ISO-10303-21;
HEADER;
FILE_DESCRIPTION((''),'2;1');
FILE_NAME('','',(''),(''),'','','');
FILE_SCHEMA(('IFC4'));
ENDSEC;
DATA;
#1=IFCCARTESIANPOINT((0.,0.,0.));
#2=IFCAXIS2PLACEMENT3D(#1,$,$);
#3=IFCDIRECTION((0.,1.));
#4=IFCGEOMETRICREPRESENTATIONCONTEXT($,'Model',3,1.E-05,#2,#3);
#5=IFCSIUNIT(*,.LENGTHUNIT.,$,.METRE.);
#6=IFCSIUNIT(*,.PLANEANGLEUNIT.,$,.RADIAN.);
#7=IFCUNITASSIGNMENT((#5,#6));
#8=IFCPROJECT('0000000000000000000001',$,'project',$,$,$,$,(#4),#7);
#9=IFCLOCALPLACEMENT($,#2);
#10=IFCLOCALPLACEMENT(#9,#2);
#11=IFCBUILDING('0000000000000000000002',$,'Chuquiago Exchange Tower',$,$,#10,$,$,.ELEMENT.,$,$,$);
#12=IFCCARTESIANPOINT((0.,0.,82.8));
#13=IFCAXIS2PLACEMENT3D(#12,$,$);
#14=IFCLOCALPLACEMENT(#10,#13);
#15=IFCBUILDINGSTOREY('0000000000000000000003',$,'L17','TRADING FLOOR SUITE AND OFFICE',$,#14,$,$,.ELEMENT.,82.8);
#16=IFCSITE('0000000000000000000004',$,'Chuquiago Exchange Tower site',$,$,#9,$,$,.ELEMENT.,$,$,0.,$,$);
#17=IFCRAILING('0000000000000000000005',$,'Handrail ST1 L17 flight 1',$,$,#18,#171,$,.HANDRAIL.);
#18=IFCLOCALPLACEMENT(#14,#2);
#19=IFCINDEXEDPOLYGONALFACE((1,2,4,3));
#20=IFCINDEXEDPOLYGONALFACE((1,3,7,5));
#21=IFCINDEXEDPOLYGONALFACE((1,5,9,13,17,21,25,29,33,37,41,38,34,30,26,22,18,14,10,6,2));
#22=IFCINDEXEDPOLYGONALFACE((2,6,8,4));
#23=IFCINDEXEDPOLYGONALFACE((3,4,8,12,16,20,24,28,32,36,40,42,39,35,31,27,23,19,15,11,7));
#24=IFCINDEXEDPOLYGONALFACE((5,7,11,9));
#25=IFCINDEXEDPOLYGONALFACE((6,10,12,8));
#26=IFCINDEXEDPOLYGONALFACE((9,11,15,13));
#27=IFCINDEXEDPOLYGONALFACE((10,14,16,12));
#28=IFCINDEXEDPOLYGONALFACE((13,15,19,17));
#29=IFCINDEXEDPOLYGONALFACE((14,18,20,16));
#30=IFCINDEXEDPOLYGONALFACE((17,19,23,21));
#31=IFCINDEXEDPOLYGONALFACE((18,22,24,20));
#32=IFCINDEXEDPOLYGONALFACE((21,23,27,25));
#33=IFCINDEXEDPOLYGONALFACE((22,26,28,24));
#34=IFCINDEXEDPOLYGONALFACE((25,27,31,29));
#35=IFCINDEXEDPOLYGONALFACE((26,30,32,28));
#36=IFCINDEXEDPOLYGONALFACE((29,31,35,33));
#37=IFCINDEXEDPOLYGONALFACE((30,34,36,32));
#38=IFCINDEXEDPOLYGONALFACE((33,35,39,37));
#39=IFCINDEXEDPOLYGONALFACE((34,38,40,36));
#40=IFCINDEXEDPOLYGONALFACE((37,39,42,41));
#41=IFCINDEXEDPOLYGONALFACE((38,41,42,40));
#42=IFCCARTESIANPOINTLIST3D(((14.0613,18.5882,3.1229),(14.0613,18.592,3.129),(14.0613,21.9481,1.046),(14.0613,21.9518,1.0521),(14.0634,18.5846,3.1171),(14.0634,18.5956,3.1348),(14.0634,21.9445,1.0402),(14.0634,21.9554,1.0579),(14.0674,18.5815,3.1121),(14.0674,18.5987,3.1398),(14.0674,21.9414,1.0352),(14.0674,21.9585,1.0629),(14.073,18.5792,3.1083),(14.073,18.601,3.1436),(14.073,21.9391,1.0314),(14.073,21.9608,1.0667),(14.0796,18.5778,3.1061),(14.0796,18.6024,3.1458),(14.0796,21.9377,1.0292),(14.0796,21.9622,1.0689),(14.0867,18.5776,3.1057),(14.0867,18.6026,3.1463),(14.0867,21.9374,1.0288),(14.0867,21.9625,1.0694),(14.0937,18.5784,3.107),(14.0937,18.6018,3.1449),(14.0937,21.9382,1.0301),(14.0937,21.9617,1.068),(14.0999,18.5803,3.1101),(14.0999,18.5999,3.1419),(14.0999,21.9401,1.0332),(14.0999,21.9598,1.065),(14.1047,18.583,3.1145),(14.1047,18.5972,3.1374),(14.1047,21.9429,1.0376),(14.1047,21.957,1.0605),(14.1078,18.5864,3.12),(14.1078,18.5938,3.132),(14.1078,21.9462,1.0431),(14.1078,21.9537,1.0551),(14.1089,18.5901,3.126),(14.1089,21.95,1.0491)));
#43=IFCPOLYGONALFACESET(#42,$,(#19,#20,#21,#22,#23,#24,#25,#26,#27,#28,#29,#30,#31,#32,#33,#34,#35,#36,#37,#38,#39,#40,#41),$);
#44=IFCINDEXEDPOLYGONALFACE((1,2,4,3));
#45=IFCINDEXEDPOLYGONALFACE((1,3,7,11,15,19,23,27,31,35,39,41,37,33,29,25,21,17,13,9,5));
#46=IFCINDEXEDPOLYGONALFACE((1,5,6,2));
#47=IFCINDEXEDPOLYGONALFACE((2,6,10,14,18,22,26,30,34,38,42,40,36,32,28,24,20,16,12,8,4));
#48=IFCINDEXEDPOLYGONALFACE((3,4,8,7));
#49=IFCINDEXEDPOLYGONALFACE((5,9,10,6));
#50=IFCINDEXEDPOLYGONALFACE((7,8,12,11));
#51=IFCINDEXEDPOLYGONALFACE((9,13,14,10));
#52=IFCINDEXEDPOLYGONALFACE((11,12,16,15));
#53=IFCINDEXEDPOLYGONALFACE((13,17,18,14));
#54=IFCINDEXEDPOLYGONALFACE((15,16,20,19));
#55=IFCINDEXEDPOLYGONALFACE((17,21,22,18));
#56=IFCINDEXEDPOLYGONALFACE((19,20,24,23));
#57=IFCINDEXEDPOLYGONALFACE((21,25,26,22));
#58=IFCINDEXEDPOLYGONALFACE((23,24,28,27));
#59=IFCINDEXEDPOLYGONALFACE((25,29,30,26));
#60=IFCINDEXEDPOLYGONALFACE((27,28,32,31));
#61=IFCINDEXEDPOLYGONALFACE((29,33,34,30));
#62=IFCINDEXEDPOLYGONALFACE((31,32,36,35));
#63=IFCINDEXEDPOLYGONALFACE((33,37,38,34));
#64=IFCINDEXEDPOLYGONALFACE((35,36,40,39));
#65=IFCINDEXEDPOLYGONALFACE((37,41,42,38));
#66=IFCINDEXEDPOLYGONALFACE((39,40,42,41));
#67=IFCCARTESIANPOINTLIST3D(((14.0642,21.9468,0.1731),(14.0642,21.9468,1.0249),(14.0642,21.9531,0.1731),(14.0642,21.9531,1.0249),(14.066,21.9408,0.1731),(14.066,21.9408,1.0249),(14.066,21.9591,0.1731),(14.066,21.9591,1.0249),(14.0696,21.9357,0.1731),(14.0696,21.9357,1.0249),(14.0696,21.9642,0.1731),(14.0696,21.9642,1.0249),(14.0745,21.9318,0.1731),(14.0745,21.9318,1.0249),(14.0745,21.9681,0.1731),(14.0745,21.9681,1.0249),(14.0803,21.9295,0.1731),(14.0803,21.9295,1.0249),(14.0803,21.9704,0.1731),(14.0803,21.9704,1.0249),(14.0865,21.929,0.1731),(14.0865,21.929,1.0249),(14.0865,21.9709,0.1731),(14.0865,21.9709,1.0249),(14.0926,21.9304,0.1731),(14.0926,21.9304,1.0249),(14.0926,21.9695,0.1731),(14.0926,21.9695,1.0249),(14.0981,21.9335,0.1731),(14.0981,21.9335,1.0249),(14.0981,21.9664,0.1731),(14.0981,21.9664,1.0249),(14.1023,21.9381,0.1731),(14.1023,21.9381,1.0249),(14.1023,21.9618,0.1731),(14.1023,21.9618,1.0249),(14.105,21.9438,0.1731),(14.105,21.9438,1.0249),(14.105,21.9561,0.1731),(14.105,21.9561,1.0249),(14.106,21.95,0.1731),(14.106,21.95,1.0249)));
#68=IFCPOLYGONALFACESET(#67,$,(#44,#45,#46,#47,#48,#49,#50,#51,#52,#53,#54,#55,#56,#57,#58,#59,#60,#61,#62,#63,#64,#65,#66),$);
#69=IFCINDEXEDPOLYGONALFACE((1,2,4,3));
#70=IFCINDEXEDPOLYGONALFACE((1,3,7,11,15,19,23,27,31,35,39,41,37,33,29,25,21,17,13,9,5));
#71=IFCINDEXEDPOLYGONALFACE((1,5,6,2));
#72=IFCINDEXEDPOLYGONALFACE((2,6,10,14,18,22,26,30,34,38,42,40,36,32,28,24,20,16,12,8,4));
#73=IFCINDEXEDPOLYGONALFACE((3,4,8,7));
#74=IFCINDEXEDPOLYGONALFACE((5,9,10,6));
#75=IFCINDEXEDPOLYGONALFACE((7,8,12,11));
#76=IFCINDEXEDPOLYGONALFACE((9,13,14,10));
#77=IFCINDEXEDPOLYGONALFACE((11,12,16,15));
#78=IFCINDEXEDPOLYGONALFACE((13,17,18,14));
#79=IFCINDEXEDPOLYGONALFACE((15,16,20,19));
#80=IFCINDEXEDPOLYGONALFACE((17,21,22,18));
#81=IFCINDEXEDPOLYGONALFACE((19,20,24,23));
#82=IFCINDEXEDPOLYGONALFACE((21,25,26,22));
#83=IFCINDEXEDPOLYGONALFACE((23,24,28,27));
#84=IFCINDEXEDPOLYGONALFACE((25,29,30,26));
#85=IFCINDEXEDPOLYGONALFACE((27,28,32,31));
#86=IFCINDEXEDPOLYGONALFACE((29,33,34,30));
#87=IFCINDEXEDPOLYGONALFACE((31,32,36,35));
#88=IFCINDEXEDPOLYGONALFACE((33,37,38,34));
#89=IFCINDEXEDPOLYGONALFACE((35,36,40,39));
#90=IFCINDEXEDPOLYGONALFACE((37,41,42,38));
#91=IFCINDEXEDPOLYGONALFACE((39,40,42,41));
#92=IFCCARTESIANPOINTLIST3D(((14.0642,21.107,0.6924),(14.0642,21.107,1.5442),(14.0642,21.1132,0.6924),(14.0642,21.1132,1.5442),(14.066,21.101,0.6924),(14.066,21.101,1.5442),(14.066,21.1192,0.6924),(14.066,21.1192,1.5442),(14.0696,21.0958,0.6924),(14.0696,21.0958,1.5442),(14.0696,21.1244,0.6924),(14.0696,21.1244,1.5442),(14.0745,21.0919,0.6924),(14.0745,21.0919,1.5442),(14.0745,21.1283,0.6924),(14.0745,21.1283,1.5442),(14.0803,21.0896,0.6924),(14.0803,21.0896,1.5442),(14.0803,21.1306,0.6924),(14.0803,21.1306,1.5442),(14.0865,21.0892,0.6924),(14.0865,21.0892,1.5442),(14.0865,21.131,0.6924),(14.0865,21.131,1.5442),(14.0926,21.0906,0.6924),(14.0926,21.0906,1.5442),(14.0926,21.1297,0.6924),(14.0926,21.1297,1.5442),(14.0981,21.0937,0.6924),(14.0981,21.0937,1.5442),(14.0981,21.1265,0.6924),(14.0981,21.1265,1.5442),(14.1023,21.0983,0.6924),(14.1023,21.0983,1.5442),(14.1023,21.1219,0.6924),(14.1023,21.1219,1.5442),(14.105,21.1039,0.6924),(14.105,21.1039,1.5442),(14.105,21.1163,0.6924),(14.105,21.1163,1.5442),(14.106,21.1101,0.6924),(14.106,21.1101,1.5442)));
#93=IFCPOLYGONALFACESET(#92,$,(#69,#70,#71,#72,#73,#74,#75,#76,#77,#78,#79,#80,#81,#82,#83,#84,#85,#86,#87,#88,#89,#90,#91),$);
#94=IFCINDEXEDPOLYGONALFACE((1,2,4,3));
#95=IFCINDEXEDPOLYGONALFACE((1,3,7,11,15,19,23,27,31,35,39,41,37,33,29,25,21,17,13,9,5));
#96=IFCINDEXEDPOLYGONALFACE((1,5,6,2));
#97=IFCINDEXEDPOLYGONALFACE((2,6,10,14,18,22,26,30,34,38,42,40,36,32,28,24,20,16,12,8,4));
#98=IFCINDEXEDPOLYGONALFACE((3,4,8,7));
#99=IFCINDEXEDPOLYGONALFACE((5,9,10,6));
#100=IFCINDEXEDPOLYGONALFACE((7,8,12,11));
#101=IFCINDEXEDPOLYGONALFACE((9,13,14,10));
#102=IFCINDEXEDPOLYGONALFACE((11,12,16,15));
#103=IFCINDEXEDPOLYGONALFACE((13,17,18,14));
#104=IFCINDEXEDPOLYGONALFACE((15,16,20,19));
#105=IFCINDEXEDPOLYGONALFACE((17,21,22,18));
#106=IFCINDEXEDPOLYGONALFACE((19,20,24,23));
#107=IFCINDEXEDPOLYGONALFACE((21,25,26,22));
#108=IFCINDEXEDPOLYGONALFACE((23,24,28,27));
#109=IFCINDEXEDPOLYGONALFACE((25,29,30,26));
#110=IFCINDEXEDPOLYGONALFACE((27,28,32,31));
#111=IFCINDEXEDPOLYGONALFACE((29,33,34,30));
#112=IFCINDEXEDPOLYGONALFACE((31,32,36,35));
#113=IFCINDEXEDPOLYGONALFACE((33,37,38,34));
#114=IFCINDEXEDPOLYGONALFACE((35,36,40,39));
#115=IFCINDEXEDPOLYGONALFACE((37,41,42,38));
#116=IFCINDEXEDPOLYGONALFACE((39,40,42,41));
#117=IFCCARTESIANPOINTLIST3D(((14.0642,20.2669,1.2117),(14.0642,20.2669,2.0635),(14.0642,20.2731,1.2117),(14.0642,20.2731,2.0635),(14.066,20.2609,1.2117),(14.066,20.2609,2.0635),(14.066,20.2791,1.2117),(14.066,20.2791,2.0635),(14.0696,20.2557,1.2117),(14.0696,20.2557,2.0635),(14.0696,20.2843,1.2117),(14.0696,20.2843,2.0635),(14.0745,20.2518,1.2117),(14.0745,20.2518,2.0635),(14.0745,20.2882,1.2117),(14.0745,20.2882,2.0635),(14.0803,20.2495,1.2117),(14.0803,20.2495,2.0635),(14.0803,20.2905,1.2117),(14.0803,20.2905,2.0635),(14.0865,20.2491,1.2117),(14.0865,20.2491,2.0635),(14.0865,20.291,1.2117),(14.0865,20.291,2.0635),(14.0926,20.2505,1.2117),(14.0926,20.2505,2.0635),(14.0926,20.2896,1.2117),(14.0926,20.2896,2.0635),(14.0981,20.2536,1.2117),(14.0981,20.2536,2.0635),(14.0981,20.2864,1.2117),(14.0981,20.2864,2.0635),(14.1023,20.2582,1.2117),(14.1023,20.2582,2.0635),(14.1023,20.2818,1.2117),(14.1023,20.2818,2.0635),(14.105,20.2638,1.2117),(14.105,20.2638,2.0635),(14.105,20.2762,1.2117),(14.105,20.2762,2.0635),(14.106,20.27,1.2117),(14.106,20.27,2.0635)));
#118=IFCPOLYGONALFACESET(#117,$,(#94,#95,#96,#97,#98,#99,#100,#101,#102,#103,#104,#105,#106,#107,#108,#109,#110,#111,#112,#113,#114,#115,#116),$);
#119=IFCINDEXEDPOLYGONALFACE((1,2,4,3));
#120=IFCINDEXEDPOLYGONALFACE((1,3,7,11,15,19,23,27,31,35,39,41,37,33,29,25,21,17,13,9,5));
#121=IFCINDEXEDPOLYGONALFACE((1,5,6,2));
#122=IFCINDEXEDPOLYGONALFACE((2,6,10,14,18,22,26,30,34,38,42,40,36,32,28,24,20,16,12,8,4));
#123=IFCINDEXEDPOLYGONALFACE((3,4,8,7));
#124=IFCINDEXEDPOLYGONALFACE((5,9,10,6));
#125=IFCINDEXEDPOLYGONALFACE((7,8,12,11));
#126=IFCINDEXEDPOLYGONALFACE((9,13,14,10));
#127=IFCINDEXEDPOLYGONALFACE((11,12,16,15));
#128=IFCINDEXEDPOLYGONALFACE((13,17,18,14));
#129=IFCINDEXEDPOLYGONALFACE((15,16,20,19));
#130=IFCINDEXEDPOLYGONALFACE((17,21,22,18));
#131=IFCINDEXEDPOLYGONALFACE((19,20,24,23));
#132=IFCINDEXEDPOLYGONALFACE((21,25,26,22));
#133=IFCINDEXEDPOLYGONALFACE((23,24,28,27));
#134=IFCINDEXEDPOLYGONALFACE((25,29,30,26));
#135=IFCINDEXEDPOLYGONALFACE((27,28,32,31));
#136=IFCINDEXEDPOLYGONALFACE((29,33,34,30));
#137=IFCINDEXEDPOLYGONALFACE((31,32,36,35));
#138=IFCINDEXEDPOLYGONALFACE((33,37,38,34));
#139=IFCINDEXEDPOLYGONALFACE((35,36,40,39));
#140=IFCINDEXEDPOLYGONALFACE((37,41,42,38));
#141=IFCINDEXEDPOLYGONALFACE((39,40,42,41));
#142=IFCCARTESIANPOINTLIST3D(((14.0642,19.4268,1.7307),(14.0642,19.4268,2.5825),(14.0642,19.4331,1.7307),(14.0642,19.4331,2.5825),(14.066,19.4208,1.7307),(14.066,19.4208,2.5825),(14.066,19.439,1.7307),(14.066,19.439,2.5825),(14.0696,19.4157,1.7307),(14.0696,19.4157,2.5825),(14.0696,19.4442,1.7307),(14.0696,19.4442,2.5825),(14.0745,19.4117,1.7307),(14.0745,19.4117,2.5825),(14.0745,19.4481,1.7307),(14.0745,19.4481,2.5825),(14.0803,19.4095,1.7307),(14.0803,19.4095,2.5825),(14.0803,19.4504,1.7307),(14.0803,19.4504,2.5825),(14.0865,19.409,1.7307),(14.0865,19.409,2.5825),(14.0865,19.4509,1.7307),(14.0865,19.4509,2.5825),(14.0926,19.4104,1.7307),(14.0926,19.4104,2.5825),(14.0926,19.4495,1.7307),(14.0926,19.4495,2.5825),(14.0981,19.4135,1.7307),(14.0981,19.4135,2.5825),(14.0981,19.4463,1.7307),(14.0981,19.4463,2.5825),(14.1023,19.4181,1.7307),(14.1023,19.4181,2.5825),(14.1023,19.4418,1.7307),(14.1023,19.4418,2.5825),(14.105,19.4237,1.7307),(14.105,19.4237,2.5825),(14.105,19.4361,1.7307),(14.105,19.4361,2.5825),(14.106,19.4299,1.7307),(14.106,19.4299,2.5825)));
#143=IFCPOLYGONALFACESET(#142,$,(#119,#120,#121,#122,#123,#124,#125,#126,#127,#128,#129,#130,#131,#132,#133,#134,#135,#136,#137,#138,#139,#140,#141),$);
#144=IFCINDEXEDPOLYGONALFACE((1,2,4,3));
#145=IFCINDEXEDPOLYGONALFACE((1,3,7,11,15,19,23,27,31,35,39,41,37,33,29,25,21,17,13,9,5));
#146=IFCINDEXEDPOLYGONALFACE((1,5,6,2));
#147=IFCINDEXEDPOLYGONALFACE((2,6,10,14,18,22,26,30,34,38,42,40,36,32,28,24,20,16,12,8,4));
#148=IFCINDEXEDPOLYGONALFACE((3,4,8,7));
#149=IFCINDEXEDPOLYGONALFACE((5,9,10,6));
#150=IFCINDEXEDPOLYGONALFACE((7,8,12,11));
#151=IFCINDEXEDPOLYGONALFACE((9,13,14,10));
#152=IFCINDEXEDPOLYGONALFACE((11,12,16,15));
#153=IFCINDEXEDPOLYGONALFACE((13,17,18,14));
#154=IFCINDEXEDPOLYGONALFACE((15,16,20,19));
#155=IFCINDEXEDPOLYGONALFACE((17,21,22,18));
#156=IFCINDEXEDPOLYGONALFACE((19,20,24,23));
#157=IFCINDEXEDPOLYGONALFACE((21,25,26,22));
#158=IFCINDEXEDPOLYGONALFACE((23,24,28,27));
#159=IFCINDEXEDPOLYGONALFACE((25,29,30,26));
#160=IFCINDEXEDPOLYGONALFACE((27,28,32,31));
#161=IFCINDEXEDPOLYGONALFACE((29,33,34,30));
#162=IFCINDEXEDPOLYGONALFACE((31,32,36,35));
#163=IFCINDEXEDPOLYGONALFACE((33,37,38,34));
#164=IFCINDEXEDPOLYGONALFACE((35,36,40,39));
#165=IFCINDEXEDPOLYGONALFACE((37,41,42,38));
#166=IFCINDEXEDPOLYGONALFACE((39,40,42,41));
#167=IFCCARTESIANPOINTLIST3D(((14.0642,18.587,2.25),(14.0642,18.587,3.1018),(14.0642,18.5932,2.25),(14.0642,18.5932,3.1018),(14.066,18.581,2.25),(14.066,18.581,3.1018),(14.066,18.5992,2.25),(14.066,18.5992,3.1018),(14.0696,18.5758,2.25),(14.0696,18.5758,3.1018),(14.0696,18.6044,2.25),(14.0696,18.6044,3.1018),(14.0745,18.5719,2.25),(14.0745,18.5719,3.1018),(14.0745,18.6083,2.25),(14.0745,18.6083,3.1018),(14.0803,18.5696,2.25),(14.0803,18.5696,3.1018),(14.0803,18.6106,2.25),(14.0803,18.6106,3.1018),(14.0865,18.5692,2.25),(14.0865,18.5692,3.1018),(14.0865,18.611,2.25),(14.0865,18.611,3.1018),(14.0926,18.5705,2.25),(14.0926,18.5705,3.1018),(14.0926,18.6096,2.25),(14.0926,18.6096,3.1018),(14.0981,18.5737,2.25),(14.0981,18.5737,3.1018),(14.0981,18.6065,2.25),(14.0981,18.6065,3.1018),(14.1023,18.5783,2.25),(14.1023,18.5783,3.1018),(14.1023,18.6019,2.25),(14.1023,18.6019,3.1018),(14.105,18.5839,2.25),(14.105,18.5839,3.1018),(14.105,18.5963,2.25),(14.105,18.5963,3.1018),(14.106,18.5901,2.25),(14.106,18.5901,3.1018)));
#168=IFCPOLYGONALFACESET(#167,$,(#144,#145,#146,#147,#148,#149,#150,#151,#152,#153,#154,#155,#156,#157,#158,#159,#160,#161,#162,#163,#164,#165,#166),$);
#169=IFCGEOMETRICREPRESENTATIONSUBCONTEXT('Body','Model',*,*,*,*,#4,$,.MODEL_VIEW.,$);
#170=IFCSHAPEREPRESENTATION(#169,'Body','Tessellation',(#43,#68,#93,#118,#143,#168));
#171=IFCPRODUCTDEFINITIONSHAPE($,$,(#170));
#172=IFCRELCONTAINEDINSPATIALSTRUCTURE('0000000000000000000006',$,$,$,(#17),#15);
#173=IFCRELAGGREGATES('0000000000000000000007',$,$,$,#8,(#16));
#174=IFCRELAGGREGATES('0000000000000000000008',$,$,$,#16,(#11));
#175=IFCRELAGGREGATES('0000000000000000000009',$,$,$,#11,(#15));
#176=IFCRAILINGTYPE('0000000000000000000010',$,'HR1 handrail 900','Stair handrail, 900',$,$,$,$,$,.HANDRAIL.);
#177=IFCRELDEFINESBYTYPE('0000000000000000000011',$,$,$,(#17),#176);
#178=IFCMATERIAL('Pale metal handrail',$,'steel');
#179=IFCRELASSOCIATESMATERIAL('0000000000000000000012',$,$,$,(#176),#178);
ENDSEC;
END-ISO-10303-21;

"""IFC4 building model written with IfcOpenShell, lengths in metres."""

from ifc_helpers import new_model, si_unit, direction, frame, origin, origin_2d, place, context, subcontext, project, spatial, circle, extrude, material, type_object, element, save


model = new_model("IFC4")

# Units and contexts
model_context = context("Model", 3, precision=1e-05, world=origin(), true_north=direction((0.0, 1.0)))
body_context = subcontext(model_context, "Body", "Model", "MODEL_VIEW")
ifc_project = project(units=[si_unit("LENGTHUNIT", "METRE"), si_unit("PLANEANGLEUNIT", "RADIAN")], contexts=[model_context])

# Site, building, storey
site_placement = place(None, origin())
site = spatial("IfcSite", under=ifc_project, at=site_placement, Name="Chuquiago Exchange Tower site", CompositionType="ELEMENT", RefElevation=0.0)
building_placement = place(site_placement, origin())
building = spatial("IfcBuilding", under=site, at=building_placement, Name="Chuquiago Exchange Tower", CompositionType="ELEMENT")
storey_placement = place(building_placement, frame((0.0, 0.0, 82.8)))
storey = spatial("IfcBuildingStorey", under=building, at=storey_placement, Name="L17", Description="TRADING FLOOR SUITE AND OFFICE", CompositionType="ELEMENT", Elevation=82.8)

# Railing
ifc_material_1 = material(Name="Pale metal handrail", Category="steel")
railing_type = type_object("IfcRailingType", Name="HR1 handrail 900", Description="Stair handrail, 900", PredefinedType="HANDRAIL", material=ifc_material_1)
for number, where, name in (
    (1, (14.085, 21.95, 0.1731), "Handrail ST1 L17 flight 1"),
):
    element("IfcRailing", number, at=place(storey_placement, frame(where)), inside=storey, type_object=railing_type, Name=name, PredefinedType="HANDRAIL", context=body_context, shape_type="SweptSolid", body=[
        extrude(circle(Radius=0.0239, at=origin_2d()), frame((0.0, 0.0, 0.876), z_axis=(0.0, -0.850606, 0.525803), x_axis=(1.0, 0.0, 0.0)), (0.0, 0.0, 1.0), 3.95),
        extrude(circle(Radius=0.021, at=origin_2d()), origin(), (0.0, 0.0, 1.0), 0.8518),
        extrude(circle(Radius=0.021, at=origin_2d()), frame((0.0, -0.8398, 0.5193)), (0.0, 0.0, 1.0), 0.8518),
        extrude(circle(Radius=0.021, at=origin_2d()), frame((0.0, -1.6799, 1.0386)), (0.0, 0.0, 1.0), 0.8518),
        extrude(circle(Radius=0.021, at=origin_2d()), frame((0.0, -2.52, 1.5576)), (0.0, 0.0, 1.0), 0.8518),
        extrude(circle(Radius=0.021, at=origin_2d()), frame((0.0, -3.3599, 2.0769)), (0.0, 0.0, 1.0), 0.8518),
    ])

save(model, "model.ifc")
